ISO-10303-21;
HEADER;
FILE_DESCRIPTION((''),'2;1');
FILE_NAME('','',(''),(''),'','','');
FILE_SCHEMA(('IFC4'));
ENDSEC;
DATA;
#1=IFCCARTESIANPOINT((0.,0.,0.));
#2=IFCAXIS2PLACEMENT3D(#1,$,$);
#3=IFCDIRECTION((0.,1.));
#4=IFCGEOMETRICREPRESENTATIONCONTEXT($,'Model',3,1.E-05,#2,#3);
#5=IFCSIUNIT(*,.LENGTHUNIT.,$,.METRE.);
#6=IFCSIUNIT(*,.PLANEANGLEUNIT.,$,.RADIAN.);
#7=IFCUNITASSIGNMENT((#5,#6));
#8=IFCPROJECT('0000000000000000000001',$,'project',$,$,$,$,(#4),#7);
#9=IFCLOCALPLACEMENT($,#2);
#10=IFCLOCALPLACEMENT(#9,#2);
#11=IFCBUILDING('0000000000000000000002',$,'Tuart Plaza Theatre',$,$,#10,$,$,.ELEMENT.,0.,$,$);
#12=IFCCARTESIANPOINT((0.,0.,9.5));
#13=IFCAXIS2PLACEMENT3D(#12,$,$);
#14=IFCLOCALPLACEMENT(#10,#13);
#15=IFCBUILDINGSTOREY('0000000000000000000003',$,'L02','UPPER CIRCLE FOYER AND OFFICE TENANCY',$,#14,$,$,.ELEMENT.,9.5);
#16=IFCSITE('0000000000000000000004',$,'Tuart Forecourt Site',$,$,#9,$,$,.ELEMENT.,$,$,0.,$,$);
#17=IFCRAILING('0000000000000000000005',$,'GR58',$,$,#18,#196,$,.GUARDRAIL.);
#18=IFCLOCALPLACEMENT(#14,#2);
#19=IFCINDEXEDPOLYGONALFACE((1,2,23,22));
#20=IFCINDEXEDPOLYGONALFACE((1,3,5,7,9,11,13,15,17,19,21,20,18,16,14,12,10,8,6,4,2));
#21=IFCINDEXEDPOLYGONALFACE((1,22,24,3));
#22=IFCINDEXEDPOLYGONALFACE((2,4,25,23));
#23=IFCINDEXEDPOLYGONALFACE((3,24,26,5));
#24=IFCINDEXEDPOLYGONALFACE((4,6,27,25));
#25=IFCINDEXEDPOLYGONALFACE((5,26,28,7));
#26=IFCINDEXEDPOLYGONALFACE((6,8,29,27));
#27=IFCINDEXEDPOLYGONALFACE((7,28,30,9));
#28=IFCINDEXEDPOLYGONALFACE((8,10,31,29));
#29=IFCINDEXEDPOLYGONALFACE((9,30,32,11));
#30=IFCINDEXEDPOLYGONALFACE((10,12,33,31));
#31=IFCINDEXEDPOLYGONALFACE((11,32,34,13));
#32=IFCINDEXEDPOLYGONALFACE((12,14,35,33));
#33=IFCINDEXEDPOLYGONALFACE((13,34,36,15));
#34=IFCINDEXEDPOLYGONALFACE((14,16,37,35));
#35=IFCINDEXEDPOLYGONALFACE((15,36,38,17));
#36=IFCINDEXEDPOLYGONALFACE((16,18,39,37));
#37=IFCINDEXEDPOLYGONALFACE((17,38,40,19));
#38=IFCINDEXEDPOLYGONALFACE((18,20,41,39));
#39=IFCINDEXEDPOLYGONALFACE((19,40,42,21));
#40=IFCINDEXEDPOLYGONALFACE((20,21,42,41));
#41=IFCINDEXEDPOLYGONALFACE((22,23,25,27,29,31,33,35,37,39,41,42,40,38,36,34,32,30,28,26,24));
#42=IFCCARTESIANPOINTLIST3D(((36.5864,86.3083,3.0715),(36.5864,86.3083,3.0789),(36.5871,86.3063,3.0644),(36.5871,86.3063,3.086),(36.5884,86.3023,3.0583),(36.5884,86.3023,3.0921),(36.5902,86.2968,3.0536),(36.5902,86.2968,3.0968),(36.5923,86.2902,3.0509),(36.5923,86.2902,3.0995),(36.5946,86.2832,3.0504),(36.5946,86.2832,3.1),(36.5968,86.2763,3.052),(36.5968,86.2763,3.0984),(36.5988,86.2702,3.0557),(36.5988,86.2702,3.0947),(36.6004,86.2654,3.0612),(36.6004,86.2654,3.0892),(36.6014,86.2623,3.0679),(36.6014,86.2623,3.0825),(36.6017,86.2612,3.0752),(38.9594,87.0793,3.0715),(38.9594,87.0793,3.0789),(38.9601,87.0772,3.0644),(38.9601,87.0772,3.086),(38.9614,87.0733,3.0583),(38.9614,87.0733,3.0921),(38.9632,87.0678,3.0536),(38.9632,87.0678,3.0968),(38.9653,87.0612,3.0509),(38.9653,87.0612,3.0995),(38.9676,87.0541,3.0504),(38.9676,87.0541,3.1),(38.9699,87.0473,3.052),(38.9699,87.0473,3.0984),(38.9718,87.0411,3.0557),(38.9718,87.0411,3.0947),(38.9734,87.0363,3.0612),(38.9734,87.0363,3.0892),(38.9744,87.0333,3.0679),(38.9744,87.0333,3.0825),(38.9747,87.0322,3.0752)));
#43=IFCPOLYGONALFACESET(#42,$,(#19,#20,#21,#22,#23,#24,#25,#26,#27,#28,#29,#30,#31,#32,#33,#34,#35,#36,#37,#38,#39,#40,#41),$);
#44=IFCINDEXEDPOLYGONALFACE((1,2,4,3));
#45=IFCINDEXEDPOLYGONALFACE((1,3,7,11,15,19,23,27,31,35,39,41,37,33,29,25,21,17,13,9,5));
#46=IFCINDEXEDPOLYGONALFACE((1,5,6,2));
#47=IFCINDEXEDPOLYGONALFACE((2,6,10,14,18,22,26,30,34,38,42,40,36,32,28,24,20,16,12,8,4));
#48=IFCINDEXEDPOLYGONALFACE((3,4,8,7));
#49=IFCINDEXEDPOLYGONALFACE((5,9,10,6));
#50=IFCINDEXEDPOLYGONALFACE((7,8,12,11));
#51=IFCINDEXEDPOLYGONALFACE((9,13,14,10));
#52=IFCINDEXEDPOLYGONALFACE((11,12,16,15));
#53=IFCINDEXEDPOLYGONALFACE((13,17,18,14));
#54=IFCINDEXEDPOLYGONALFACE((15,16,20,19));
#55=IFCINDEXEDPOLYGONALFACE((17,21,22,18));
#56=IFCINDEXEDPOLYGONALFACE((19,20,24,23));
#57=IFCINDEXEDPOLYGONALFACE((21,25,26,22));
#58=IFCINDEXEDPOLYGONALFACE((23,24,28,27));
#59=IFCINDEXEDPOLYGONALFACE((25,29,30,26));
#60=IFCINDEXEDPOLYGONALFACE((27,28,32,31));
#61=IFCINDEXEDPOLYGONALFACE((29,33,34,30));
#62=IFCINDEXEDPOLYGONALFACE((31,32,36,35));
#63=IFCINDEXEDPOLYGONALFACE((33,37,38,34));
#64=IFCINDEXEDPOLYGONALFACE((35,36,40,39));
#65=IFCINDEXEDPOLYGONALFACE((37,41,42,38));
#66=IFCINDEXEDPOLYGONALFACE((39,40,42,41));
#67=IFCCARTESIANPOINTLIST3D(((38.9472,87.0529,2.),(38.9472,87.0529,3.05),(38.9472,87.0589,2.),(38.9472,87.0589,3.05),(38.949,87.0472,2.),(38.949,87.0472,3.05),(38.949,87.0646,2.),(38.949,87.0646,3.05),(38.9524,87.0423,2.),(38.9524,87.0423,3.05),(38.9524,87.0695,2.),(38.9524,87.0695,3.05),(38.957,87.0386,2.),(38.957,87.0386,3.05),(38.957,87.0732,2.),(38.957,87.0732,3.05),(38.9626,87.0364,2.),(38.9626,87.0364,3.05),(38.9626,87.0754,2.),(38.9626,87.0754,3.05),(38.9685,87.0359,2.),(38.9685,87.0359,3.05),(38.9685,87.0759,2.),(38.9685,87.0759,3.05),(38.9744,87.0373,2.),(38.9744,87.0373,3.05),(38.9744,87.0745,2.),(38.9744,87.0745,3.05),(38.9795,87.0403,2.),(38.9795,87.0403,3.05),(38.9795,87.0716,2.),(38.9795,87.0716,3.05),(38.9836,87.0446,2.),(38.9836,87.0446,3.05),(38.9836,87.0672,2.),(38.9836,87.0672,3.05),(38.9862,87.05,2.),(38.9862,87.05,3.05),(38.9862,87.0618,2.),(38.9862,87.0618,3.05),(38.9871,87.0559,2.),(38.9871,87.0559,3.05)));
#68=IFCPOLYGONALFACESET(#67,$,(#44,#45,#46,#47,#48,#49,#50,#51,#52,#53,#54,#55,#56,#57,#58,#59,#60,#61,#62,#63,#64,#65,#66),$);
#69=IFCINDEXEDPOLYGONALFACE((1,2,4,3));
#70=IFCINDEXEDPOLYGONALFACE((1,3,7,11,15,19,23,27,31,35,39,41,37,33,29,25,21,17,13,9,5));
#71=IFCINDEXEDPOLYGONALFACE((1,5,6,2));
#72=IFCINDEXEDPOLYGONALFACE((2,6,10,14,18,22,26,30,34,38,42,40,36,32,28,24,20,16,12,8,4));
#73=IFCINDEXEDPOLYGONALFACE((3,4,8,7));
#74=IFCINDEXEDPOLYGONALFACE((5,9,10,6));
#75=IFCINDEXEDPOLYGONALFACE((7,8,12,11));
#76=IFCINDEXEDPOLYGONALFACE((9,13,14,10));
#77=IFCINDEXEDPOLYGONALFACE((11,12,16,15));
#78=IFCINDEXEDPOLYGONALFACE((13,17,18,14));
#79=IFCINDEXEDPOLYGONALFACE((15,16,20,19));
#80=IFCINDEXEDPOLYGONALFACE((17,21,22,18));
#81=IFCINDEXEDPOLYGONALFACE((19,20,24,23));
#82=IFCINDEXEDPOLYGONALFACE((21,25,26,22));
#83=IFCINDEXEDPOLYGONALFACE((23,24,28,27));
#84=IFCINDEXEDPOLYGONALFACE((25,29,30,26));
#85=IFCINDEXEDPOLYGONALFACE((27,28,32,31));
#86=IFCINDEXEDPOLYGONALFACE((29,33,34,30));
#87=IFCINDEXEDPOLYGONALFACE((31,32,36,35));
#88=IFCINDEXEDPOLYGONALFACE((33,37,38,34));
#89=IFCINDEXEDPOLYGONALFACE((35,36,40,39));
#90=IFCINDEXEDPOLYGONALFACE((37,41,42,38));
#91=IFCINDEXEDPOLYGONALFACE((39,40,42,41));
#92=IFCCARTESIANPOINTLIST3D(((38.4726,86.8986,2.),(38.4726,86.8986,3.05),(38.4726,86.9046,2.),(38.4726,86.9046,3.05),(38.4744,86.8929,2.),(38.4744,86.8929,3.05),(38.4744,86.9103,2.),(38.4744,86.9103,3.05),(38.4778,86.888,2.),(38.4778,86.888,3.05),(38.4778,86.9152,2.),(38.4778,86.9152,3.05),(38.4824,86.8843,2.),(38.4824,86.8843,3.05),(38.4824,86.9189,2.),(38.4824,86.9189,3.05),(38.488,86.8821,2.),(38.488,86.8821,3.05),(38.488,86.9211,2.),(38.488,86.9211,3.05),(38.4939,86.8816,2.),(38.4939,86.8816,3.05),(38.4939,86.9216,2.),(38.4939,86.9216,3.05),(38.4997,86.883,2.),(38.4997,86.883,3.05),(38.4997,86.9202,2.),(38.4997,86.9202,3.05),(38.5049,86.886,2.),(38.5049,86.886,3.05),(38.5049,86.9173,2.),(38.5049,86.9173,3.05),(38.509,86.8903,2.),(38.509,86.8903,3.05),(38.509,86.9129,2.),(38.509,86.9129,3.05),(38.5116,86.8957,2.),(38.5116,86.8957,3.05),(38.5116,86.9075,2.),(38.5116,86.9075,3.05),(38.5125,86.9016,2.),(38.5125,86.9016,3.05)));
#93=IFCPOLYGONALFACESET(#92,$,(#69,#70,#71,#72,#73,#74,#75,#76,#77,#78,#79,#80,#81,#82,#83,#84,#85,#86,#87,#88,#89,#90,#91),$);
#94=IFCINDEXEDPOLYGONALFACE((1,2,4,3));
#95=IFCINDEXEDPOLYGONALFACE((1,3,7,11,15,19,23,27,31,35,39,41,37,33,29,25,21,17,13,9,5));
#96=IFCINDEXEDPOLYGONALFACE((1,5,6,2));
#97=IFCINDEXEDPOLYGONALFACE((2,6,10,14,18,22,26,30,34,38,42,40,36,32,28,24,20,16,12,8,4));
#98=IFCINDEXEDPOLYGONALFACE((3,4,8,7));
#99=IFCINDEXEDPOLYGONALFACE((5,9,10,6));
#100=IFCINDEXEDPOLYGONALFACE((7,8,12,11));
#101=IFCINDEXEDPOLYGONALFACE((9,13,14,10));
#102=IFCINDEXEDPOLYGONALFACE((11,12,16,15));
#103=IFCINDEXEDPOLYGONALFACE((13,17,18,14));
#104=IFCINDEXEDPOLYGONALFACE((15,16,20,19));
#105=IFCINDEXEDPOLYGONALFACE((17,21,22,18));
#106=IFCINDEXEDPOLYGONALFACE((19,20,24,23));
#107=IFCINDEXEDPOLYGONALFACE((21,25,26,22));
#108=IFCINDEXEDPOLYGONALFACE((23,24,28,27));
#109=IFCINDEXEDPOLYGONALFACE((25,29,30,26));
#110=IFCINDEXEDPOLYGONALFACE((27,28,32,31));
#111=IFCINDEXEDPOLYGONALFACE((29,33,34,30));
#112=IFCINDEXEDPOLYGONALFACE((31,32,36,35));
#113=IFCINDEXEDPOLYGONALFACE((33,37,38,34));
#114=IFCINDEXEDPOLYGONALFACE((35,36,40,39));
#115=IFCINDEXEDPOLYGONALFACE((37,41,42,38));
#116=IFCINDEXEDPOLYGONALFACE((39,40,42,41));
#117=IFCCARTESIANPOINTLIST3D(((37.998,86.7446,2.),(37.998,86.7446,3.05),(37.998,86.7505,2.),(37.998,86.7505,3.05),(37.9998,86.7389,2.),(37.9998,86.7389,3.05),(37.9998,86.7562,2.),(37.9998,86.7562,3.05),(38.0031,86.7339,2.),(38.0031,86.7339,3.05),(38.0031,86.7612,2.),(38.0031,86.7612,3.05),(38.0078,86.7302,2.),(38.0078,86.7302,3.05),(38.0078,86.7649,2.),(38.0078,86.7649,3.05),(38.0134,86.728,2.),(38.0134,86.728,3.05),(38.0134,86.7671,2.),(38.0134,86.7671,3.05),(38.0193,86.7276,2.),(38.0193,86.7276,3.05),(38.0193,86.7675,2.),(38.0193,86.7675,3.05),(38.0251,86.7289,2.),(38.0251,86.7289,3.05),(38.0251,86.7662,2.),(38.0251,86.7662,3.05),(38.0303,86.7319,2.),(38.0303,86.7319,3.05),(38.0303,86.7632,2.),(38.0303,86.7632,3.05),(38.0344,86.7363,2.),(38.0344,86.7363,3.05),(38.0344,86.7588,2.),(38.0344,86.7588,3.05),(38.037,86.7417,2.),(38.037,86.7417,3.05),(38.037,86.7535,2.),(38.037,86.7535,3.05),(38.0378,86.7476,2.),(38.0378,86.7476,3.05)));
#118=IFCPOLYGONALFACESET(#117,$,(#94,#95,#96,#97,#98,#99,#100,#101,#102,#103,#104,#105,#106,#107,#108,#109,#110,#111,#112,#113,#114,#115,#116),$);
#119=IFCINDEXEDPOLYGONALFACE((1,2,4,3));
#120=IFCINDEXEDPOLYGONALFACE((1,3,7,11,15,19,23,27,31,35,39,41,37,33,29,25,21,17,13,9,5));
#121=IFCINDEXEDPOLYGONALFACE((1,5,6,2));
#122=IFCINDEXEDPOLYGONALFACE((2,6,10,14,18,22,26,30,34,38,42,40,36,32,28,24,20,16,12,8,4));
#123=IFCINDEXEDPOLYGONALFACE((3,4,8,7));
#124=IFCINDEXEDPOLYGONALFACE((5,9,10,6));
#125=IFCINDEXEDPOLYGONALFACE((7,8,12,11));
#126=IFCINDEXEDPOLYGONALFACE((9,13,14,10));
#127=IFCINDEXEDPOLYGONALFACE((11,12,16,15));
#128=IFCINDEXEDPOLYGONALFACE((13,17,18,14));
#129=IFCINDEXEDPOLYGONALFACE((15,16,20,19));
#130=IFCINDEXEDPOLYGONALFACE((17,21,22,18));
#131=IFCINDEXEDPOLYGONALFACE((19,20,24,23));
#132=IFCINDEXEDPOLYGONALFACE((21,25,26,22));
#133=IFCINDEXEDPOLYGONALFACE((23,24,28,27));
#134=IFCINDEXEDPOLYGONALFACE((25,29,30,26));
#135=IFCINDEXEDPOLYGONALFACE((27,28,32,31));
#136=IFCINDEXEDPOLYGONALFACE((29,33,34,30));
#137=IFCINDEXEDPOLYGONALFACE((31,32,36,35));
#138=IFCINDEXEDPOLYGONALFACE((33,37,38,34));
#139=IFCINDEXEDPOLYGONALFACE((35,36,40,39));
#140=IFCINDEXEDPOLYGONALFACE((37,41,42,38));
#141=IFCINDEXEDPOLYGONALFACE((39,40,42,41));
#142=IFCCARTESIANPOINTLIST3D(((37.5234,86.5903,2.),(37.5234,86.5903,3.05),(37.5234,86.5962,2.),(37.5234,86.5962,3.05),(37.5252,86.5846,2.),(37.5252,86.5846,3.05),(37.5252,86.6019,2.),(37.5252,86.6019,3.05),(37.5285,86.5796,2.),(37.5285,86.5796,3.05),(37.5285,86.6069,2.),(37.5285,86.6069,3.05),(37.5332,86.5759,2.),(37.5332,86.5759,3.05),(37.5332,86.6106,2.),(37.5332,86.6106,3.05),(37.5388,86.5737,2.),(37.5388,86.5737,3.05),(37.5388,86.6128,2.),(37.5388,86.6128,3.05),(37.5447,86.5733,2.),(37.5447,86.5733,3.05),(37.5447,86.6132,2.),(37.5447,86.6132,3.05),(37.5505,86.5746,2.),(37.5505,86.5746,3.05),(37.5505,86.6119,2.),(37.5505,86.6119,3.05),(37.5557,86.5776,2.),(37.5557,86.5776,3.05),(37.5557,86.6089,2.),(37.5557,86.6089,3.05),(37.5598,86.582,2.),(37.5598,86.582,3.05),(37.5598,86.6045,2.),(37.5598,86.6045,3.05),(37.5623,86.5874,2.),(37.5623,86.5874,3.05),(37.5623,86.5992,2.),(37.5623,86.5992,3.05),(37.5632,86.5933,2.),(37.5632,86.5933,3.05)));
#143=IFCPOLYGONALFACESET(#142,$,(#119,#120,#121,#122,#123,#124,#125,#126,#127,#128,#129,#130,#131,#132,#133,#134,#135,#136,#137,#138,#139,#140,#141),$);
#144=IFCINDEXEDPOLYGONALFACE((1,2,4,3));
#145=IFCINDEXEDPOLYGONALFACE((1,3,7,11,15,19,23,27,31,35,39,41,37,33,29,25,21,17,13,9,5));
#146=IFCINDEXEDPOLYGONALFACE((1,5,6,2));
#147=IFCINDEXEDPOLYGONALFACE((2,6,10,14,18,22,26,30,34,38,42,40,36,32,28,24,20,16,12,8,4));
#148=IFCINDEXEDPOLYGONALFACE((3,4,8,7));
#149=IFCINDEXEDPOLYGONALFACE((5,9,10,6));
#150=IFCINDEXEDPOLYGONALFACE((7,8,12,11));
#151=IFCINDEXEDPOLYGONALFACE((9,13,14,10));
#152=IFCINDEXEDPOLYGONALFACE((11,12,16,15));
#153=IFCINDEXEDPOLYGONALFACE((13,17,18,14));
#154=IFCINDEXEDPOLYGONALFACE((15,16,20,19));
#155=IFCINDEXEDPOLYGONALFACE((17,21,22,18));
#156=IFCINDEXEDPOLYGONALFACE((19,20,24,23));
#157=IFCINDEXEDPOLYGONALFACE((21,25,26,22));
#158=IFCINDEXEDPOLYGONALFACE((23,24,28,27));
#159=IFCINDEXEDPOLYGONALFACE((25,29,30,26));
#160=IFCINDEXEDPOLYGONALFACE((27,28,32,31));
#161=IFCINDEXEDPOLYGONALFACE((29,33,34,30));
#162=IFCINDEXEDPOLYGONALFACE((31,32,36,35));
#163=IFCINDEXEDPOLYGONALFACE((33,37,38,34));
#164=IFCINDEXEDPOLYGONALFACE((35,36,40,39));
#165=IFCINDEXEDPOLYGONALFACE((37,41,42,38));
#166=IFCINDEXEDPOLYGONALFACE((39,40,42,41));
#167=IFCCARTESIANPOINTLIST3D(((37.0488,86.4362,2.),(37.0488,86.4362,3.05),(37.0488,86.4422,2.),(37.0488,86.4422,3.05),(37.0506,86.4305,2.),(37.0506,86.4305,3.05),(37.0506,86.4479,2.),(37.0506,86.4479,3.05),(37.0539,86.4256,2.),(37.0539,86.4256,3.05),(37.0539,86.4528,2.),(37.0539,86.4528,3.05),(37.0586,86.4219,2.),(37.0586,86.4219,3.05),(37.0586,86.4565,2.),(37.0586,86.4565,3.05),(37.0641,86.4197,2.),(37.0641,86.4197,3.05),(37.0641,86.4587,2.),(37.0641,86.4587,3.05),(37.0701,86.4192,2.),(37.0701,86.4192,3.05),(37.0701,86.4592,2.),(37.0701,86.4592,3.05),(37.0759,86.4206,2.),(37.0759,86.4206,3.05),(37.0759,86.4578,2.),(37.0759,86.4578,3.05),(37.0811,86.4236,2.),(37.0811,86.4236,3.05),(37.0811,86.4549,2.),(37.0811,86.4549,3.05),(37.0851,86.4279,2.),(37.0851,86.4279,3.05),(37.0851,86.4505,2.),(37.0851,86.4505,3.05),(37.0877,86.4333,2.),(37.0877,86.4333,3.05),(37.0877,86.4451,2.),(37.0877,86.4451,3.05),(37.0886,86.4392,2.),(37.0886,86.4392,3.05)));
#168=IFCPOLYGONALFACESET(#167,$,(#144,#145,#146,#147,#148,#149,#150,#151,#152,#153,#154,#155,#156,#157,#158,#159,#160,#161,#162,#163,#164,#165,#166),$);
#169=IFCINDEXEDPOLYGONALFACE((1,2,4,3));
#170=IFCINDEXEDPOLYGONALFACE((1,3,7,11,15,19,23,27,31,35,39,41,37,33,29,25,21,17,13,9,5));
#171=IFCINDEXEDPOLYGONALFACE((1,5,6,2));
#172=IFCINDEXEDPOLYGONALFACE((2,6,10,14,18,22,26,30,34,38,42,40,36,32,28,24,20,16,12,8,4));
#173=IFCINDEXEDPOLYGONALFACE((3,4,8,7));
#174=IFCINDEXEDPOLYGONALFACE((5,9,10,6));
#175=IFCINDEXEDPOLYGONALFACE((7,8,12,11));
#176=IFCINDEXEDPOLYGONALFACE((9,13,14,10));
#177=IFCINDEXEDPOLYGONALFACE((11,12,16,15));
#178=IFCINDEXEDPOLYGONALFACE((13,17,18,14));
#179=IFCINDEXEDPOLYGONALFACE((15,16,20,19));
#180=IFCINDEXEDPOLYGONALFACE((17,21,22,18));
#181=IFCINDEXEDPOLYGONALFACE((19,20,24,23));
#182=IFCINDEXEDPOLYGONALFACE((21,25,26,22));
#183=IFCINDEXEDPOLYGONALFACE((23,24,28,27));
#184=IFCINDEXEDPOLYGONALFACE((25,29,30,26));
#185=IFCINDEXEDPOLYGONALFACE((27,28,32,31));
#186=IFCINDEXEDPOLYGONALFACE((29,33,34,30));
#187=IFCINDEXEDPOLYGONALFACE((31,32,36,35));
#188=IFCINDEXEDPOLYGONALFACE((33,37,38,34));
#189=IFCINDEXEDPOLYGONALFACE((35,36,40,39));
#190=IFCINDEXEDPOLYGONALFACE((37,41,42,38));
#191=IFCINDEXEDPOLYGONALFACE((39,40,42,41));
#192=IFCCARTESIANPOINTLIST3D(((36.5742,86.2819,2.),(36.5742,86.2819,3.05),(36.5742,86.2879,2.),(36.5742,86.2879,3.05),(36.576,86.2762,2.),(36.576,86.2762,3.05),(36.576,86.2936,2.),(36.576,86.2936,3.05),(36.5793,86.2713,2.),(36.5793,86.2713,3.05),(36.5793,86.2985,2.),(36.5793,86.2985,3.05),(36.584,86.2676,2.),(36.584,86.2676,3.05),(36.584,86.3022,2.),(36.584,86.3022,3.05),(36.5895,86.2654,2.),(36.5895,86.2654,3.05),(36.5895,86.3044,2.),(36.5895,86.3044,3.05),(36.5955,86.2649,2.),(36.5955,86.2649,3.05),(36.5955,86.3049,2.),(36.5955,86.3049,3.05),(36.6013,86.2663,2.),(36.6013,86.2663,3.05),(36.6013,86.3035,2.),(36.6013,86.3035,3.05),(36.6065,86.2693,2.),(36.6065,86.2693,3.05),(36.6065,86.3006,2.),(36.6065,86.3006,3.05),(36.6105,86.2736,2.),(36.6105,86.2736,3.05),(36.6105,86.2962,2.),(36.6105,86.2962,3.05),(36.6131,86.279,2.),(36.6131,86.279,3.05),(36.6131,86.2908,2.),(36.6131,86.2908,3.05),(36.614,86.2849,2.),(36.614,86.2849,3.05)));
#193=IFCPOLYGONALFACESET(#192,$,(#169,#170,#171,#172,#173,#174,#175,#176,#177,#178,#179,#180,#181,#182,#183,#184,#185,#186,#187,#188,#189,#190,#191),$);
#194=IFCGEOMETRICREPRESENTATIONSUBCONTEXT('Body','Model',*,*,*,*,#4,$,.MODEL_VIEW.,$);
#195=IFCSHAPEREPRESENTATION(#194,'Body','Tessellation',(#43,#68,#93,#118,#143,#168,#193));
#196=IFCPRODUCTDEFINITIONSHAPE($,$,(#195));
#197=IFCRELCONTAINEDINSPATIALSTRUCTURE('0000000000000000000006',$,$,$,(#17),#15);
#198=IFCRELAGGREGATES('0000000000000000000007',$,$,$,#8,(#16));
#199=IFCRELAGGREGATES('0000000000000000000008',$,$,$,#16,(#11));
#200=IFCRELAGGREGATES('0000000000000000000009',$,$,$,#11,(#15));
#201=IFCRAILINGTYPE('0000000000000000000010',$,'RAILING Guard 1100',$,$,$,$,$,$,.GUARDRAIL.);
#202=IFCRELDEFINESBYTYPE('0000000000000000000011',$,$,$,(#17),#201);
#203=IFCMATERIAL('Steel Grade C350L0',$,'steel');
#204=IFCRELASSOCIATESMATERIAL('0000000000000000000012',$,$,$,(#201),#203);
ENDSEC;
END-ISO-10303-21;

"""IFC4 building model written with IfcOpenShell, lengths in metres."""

from ifc_helpers import new_model, si_unit, direction, frame, origin, origin_2d, place, context, subcontext, project, spatial, circle, extrude, material, type_object, element, save


model = new_model("IFC4")

# Units and contexts
model_context = context("Model", 3, precision=1e-05, world=origin(), true_north=direction((0.0, 1.0)))
body_context = subcontext(model_context, "Body", "Model", "MODEL_VIEW")
ifc_project = project(units=[si_unit("LENGTHUNIT", "METRE"), si_unit("PLANEANGLEUNIT", "RADIAN")], contexts=[model_context])

# Site, building, storey
site_placement = place(None, origin())
site = spatial("IfcSite", under=ifc_project, at=site_placement, Name="Tuart Forecourt Site", CompositionType="ELEMENT", RefElevation=0.0)
building_placement = place(site_placement, origin())
building = spatial("IfcBuilding", under=site, at=building_placement, Name="Tuart Plaza Theatre", CompositionType="ELEMENT", ElevationOfRefHeight=0.0)
storey_placement = place(building_placement, frame((0.0, 0.0, 9.5)))
storey = spatial("IfcBuildingStorey", under=building, at=storey_placement, Name="L02", Description="UPPER CIRCLE FOYER AND OFFICE TENANCY", CompositionType="ELEMENT", Elevation=9.5)

# Railing
ifc_material_1 = material(Name="Steel Grade C350L0", Category="steel")
railing_type_1 = type_object("IfcRailingType", Name="RAILING Guard 1100", PredefinedType="GUARDRAIL", material=ifc_material_1)
railing_1_placement = place(storey_placement, frame((38.967, 87.0559, 2.0)))
element("IfcRailing", 1, at=railing_1_placement, inside=storey, type_object=railing_type_1, Name="GR58", PredefinedType="GUARDRAIL", context=body_context, shape_type="SweptSolid", body=[
    extrude(circle(Radius=0.0249, at=origin_2d()), frame((0.0, 0.0, 1.0752), z_axis=(-0.951063, -0.308998, 0.0), x_axis=(0.308998, -0.951063, 0.0)), (0.0, 0.0, 1.0), 2.4951),
    extrude(circle(Radius=0.02, at=origin_2d()), origin(), (0.0, 0.0, 1.0), 1.05),
    extrude(circle(Radius=0.02, at=origin_2d()), frame((-0.4746, -0.1543, 0.0)), (0.0, 0.0, 1.0), 1.05),
    extrude(circle(Radius=0.02, at=origin_2d()), frame((-0.9492, -0.3083, 0.0)), (0.0, 0.0, 1.0), 1.05),
    extrude(circle(Radius=0.02, at=origin_2d()), frame((-1.4238, -0.4626, 0.0)), (0.0, 0.0, 1.0), 1.05),
    extrude(circle(Radius=0.02, at=origin_2d()), frame((-1.8984, -0.6167, 0.0)), (0.0, 0.0, 1.0), 1.05),
    extrude(circle(Radius=0.02, at=origin_2d()), frame((-2.373, -0.771, 0.0)), (0.0, 0.0, 1.0), 1.05),
])

save(model, "model.ifc")
